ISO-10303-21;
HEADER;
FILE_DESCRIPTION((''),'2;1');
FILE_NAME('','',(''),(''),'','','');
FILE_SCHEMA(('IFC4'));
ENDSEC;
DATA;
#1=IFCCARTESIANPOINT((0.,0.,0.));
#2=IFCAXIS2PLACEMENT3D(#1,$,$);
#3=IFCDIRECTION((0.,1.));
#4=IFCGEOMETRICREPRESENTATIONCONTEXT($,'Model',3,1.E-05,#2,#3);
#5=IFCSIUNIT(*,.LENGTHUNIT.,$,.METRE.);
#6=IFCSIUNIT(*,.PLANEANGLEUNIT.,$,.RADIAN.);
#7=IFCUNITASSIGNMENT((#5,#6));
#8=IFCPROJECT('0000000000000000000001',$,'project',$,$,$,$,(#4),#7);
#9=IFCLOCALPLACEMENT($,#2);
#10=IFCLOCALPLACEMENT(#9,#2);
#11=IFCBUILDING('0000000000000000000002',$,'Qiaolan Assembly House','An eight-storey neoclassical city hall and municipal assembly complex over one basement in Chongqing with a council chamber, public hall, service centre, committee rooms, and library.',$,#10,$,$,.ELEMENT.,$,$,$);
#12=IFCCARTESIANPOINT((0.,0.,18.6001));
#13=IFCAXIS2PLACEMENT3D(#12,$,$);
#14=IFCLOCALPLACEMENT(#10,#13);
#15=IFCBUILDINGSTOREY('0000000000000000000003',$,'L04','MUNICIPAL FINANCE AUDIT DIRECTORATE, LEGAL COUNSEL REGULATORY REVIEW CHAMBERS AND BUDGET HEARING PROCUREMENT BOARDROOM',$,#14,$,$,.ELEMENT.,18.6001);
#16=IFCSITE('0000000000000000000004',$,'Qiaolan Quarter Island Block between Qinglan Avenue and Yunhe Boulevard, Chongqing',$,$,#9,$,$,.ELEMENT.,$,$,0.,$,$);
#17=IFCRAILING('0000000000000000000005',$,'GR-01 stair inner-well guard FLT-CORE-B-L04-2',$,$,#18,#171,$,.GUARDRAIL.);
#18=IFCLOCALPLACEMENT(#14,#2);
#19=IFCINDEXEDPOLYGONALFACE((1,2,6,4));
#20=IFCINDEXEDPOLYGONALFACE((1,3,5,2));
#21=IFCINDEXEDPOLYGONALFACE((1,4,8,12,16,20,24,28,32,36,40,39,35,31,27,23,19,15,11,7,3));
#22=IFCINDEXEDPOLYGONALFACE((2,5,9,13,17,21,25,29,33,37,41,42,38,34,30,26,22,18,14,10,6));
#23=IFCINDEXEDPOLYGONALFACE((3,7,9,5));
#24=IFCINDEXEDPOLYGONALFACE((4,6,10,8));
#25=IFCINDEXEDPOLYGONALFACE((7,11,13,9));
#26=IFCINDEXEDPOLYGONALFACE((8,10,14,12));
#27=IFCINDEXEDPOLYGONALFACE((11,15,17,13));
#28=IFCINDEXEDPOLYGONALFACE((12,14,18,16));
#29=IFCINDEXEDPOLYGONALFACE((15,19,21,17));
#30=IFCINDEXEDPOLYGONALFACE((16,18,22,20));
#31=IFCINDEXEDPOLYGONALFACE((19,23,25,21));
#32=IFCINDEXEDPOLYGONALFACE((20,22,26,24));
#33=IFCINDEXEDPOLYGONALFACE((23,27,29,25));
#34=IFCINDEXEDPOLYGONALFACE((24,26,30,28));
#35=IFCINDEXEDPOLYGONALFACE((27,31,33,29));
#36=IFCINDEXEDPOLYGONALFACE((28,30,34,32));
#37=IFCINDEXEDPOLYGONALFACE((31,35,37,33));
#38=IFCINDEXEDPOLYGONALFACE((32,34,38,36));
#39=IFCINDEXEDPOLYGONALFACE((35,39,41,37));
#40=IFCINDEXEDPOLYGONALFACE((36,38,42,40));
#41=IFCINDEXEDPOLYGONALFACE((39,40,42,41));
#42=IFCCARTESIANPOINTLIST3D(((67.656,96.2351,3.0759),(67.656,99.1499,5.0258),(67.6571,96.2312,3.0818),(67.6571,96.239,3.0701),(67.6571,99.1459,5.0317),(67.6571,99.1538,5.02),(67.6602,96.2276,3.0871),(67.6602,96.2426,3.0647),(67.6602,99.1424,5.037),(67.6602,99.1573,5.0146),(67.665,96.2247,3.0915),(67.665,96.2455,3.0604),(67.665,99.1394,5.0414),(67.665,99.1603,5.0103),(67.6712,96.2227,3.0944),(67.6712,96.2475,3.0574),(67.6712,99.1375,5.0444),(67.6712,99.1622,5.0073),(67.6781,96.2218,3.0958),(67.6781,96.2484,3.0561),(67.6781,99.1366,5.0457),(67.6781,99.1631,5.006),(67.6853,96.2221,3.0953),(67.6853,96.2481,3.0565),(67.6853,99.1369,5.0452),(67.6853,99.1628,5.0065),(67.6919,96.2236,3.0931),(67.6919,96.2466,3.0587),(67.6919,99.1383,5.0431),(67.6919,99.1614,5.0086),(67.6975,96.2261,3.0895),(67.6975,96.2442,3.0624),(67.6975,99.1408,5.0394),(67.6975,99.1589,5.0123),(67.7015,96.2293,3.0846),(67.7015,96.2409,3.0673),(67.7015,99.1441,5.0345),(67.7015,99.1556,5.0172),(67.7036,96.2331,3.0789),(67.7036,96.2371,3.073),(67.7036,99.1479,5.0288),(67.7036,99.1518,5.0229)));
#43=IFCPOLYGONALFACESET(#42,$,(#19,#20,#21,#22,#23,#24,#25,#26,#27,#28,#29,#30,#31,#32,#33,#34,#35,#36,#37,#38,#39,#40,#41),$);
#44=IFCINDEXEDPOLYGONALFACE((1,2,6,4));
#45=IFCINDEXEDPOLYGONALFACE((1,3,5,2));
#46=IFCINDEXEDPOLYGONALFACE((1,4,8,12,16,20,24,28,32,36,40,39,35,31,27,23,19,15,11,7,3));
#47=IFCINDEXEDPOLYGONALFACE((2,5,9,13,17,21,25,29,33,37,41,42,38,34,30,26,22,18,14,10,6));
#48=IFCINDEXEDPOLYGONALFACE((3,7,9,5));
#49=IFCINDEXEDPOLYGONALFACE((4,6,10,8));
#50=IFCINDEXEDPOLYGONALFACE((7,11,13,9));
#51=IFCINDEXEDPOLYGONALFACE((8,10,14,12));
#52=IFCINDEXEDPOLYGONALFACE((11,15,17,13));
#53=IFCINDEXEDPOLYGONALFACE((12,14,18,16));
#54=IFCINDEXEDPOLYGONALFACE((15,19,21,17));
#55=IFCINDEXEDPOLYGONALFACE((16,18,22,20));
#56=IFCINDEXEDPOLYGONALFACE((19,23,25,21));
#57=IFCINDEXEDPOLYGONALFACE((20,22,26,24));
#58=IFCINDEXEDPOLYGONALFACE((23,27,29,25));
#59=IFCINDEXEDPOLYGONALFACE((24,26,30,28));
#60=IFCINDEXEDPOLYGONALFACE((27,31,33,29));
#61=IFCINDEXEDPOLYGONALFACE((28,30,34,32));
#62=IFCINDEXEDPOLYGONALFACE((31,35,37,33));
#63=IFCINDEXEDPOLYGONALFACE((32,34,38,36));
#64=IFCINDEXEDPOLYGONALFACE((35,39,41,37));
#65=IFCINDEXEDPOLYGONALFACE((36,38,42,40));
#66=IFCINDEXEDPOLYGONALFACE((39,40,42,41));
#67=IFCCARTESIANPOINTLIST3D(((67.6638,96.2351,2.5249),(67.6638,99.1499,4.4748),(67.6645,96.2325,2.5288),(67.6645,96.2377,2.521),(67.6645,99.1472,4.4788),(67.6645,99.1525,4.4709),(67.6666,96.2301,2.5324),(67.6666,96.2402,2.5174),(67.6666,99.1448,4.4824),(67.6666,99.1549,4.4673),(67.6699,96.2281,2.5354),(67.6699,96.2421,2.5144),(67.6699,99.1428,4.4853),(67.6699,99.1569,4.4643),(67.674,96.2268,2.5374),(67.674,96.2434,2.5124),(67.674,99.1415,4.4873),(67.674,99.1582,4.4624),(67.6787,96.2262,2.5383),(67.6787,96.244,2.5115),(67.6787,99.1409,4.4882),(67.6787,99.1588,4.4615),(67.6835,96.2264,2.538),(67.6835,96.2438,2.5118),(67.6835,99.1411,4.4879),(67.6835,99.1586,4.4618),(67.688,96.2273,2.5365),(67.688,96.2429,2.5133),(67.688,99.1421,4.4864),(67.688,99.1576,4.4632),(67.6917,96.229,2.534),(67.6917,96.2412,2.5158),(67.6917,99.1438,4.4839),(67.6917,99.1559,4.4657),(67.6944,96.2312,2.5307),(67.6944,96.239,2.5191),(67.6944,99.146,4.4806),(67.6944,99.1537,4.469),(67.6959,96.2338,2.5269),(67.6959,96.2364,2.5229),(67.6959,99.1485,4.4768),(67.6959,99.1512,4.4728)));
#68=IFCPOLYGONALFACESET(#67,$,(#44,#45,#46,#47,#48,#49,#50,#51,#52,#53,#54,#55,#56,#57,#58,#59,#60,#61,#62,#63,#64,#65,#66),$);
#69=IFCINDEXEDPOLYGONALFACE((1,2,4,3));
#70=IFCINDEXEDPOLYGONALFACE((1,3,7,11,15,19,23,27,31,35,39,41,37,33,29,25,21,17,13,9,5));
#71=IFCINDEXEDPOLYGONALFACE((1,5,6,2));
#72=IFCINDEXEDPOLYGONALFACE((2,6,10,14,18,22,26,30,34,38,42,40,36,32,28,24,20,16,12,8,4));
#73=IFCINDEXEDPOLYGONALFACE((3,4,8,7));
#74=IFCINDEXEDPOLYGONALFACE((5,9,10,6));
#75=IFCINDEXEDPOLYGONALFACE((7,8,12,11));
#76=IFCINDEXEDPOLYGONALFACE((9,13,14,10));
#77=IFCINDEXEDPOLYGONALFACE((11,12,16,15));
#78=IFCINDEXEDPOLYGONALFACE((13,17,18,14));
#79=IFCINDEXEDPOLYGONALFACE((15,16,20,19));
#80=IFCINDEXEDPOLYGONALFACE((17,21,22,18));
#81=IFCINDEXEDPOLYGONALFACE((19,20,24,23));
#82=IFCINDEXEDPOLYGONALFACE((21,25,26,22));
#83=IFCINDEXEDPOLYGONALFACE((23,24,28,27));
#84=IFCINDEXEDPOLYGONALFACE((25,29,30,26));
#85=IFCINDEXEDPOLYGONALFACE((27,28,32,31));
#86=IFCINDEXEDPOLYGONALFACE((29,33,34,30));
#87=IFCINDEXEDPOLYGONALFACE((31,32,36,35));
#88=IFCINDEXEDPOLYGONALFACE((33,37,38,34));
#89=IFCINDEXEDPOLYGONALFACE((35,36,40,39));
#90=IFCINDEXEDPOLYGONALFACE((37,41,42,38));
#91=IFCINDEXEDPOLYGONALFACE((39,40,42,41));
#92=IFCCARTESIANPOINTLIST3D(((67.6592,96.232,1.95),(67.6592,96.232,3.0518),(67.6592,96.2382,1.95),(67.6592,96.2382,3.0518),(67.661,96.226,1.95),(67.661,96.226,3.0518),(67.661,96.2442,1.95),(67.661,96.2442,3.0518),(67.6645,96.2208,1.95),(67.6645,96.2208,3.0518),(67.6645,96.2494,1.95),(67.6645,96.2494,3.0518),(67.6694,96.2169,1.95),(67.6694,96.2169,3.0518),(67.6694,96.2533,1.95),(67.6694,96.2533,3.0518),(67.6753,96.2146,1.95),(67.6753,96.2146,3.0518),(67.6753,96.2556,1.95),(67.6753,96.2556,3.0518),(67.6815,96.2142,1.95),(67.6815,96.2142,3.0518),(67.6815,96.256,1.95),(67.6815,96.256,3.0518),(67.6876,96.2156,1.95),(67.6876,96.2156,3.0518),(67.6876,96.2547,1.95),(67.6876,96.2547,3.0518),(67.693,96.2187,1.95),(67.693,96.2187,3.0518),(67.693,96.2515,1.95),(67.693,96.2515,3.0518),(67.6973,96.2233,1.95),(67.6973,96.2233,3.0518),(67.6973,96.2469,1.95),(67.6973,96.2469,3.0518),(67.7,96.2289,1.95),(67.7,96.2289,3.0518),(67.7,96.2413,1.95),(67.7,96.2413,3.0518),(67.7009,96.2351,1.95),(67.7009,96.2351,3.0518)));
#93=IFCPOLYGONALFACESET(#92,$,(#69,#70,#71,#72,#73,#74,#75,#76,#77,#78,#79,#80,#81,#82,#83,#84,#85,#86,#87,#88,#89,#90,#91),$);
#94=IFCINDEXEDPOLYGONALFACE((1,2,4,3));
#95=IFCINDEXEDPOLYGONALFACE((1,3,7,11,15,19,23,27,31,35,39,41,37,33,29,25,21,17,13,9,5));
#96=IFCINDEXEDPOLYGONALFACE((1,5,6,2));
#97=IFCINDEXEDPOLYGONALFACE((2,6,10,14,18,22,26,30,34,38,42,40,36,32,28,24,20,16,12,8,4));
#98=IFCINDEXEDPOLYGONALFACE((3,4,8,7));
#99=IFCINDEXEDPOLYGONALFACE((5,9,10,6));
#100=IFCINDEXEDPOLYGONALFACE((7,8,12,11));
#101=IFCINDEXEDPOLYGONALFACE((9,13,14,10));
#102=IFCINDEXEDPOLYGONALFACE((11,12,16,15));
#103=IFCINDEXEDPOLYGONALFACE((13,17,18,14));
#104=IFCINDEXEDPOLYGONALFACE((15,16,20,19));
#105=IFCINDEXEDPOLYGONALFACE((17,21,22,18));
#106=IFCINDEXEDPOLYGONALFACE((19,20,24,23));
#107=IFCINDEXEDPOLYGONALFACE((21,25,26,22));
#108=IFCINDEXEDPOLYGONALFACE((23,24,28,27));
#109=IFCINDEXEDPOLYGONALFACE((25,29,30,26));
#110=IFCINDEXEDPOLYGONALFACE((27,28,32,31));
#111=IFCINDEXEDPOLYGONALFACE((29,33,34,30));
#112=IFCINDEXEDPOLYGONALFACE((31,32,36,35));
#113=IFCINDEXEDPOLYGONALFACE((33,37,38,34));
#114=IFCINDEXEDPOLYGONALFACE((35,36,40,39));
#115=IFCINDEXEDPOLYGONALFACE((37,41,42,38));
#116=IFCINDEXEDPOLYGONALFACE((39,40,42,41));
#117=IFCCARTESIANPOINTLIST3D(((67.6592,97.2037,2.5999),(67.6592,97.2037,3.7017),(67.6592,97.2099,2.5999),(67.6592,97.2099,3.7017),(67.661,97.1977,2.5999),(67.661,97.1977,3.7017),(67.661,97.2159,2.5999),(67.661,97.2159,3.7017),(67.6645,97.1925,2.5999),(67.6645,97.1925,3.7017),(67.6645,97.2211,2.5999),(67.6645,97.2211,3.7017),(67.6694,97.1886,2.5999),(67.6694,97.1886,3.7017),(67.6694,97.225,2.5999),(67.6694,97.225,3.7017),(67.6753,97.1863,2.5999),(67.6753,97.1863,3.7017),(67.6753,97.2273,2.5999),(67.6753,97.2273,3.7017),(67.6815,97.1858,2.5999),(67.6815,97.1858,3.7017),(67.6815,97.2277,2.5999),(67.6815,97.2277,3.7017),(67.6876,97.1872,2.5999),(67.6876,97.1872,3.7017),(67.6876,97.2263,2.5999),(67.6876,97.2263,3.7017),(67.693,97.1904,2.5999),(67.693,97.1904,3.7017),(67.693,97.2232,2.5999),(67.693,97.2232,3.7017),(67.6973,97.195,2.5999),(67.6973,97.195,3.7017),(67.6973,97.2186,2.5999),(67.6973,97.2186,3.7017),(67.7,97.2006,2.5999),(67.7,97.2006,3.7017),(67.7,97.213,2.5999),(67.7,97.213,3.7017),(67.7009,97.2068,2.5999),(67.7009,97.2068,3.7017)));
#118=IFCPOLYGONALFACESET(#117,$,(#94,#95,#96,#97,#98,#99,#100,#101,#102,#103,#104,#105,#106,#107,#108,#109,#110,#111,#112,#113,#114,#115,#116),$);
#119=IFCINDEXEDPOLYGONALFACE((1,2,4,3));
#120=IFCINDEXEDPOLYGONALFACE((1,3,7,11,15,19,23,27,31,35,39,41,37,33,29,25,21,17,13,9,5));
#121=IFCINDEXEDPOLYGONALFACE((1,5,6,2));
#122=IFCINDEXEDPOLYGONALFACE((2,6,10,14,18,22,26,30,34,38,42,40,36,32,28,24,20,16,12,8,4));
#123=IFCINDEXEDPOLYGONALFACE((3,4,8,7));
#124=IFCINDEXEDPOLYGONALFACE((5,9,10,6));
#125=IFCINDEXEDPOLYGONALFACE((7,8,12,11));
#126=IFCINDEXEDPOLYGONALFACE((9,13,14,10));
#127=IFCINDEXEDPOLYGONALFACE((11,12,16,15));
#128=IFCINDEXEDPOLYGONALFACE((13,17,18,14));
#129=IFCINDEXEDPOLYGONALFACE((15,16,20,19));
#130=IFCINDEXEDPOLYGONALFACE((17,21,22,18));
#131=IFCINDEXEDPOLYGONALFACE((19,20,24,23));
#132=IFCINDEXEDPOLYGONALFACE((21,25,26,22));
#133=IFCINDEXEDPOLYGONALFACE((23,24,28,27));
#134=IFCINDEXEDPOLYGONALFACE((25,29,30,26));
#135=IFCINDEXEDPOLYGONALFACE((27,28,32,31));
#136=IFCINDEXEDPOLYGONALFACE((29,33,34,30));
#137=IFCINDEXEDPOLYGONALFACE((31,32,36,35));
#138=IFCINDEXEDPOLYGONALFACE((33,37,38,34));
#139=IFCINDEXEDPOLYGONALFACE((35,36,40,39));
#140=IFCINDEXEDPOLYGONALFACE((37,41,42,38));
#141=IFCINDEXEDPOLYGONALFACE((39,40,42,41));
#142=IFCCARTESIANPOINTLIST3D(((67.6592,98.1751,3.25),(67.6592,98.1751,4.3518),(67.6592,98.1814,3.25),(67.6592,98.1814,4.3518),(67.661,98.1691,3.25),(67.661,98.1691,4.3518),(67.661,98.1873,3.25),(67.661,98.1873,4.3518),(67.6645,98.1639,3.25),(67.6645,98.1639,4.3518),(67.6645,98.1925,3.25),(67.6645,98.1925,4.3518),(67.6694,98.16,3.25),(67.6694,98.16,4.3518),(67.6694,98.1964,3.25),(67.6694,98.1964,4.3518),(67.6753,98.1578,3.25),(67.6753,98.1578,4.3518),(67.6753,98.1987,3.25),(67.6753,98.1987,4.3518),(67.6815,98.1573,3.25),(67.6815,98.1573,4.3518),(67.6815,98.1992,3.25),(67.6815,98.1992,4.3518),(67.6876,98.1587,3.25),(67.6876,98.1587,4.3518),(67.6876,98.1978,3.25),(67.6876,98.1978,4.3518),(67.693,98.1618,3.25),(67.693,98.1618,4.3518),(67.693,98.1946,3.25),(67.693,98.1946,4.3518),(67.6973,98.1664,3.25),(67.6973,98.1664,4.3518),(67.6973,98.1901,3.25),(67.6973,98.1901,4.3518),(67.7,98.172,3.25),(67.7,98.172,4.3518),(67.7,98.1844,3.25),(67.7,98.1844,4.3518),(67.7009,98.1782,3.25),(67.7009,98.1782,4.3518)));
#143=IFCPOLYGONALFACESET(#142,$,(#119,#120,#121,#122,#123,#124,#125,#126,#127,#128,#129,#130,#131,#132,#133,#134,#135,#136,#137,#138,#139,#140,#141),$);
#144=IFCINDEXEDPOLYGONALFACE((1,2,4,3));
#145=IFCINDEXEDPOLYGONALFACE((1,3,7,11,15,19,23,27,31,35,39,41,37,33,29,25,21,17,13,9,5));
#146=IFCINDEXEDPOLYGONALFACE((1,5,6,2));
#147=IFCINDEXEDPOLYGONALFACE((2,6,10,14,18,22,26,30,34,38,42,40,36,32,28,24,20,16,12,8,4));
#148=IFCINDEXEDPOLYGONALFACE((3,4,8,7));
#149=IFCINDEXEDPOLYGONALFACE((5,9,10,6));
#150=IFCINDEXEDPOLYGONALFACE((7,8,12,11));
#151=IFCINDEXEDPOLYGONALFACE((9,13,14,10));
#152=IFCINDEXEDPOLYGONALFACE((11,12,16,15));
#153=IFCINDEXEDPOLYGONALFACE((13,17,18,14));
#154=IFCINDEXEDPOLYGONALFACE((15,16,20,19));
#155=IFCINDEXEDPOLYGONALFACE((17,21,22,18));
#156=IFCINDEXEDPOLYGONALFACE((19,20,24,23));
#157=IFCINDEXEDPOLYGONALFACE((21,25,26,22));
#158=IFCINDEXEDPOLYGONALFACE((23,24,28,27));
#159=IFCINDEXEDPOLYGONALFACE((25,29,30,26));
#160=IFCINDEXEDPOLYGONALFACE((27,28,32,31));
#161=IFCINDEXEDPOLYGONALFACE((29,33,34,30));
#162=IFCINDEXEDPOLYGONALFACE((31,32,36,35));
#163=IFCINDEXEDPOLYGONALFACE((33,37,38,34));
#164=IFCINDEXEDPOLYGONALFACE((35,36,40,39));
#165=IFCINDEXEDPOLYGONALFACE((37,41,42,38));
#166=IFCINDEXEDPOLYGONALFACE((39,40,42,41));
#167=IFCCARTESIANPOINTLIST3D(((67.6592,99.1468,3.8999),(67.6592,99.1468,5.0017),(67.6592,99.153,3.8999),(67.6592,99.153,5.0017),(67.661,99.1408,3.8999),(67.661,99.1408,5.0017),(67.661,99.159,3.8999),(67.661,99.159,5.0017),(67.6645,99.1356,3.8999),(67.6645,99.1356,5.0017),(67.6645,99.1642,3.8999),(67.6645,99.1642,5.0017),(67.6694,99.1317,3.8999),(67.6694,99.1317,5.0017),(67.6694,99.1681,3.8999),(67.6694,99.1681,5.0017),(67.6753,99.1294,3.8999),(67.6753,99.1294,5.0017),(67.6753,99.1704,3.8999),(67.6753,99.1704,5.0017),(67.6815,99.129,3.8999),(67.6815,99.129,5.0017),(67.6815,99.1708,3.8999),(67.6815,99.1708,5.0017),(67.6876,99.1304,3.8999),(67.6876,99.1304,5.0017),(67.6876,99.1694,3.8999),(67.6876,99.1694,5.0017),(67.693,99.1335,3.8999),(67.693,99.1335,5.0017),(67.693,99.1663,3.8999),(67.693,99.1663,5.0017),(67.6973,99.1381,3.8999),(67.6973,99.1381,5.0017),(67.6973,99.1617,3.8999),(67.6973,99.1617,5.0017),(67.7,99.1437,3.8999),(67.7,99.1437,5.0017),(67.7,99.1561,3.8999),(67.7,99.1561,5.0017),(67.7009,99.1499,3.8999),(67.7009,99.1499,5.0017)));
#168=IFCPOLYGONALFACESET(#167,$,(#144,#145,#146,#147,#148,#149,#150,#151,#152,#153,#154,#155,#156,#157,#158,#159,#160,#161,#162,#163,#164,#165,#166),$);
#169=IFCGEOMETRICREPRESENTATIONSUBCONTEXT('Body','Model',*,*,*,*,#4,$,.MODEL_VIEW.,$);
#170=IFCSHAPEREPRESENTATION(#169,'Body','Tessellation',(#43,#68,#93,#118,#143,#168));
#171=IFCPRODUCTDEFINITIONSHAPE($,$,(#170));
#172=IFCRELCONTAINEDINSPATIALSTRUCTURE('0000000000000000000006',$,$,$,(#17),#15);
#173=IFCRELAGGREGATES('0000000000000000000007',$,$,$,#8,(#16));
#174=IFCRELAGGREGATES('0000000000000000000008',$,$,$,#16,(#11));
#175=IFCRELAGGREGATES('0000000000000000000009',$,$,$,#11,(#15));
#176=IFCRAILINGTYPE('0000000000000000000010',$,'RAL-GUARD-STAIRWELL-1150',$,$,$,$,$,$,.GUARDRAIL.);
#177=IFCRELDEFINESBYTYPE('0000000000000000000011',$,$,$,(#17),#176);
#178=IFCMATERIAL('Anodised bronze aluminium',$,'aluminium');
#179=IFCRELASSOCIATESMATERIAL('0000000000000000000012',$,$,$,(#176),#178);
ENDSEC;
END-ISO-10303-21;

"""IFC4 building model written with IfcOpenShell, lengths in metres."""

from ifc_helpers import new_model, si_unit, direction, frame, origin, origin_2d, place, context, subcontext, project, spatial, circle, extrude, material, type_object, element, save


model = new_model("IFC4")

# Units and contexts
model_context = context("Model", 3, precision=1e-05, world=origin(), true_north=direction((0.0, 1.0)))
body_context = subcontext(model_context, "Body", "Model", "MODEL_VIEW")
ifc_project = project(units=[si_unit("LENGTHUNIT", "METRE"), si_unit("PLANEANGLEUNIT", "RADIAN")], contexts=[model_context])

# Site, building, storey
site_placement = place(None, origin())
site = spatial("IfcSite", under=ifc_project, at=site_placement, Name="Qiaolan Quarter Island Block between Qinglan Avenue and Yunhe Boulevard, Chongqing", CompositionType="ELEMENT", RefElevation=0.0)
building_placement = place(site_placement, origin())
building = spatial("IfcBuilding", under=site, at=building_placement, Name="Qiaolan Assembly House", Description="An eight-storey neoclassical city hall and municipal assembly complex over one basement in Chongqing with a council chamber, public hall, service centre, committee rooms, and library.", CompositionType="ELEMENT")
storey_placement = place(building_placement, frame((0.0, 0.0, 18.6001)))
storey = spatial("IfcBuildingStorey", under=building, at=storey_placement, Name="L04", Description="MUNICIPAL FINANCE AUDIT DIRECTORATE, LEGAL COUNSEL REGULATORY REVIEW CHAMBERS AND BUDGET HEARING PROCUREMENT BOARDROOM", CompositionType="ELEMENT", Elevation=18.6001)

# Railing
ifc_material_1 = material(Name="Anodised bronze aluminium", Category="aluminium")
railing_type_1 = type_object("IfcRailingType", Name="RAL-GUARD-STAIRWELL-1150", PredefinedType="GUARDRAIL", material=ifc_material_1)
railing_1_placement = place(storey_placement, frame((67.6799, 96.2351, 1.95)))
element("IfcRailing", 1, at=railing_1_placement, inside=storey, type_object=railing_type_1, Name="GR-01 stair inner-well guard FLT-CORE-B-L04-2", PredefinedType="GUARDRAIL", context=body_context, shape_type="SweptSolid", body=[
    extrude(circle(Radius=0.0239, at=origin_2d()), frame((0.0, 0.0, 1.126), z_axis=(0.0, 0.83116, 0.556033), x_axis=(-1.0, 0.0, 0.0)), (0.0, 0.0, 1.0), 3.5068),
    extrude(circle(Radius=0.0161, at=origin_2d()), frame((0.0, 0.0, 0.575), z_axis=(0.0, 0.83116, 0.556033), x_axis=(-1.0, 0.0, 0.0)), (0.0, 0.0, 1.0), 3.5068),
    extrude(circle(Radius=0.021, at=origin_2d()), origin(), (0.0, 0.0, 1.0), 1.1018),
    extrude(circle(Radius=0.021, at=origin_2d()), frame((0.0, 0.9717, 0.6499)), (0.0, 0.0, 1.0), 1.1018),
    extrude(circle(Radius=0.021, at=origin_2d()), frame((0.0, 1.9431, 1.3)), (0.0, 0.0, 1.0), 1.1018),
    extrude(circle(Radius=0.021, at=origin_2d()), frame((0.0, 2.9148, 1.95)), (0.0, 0.0, 1.0), 1.1018),
])

save(model, "model.ifc")
